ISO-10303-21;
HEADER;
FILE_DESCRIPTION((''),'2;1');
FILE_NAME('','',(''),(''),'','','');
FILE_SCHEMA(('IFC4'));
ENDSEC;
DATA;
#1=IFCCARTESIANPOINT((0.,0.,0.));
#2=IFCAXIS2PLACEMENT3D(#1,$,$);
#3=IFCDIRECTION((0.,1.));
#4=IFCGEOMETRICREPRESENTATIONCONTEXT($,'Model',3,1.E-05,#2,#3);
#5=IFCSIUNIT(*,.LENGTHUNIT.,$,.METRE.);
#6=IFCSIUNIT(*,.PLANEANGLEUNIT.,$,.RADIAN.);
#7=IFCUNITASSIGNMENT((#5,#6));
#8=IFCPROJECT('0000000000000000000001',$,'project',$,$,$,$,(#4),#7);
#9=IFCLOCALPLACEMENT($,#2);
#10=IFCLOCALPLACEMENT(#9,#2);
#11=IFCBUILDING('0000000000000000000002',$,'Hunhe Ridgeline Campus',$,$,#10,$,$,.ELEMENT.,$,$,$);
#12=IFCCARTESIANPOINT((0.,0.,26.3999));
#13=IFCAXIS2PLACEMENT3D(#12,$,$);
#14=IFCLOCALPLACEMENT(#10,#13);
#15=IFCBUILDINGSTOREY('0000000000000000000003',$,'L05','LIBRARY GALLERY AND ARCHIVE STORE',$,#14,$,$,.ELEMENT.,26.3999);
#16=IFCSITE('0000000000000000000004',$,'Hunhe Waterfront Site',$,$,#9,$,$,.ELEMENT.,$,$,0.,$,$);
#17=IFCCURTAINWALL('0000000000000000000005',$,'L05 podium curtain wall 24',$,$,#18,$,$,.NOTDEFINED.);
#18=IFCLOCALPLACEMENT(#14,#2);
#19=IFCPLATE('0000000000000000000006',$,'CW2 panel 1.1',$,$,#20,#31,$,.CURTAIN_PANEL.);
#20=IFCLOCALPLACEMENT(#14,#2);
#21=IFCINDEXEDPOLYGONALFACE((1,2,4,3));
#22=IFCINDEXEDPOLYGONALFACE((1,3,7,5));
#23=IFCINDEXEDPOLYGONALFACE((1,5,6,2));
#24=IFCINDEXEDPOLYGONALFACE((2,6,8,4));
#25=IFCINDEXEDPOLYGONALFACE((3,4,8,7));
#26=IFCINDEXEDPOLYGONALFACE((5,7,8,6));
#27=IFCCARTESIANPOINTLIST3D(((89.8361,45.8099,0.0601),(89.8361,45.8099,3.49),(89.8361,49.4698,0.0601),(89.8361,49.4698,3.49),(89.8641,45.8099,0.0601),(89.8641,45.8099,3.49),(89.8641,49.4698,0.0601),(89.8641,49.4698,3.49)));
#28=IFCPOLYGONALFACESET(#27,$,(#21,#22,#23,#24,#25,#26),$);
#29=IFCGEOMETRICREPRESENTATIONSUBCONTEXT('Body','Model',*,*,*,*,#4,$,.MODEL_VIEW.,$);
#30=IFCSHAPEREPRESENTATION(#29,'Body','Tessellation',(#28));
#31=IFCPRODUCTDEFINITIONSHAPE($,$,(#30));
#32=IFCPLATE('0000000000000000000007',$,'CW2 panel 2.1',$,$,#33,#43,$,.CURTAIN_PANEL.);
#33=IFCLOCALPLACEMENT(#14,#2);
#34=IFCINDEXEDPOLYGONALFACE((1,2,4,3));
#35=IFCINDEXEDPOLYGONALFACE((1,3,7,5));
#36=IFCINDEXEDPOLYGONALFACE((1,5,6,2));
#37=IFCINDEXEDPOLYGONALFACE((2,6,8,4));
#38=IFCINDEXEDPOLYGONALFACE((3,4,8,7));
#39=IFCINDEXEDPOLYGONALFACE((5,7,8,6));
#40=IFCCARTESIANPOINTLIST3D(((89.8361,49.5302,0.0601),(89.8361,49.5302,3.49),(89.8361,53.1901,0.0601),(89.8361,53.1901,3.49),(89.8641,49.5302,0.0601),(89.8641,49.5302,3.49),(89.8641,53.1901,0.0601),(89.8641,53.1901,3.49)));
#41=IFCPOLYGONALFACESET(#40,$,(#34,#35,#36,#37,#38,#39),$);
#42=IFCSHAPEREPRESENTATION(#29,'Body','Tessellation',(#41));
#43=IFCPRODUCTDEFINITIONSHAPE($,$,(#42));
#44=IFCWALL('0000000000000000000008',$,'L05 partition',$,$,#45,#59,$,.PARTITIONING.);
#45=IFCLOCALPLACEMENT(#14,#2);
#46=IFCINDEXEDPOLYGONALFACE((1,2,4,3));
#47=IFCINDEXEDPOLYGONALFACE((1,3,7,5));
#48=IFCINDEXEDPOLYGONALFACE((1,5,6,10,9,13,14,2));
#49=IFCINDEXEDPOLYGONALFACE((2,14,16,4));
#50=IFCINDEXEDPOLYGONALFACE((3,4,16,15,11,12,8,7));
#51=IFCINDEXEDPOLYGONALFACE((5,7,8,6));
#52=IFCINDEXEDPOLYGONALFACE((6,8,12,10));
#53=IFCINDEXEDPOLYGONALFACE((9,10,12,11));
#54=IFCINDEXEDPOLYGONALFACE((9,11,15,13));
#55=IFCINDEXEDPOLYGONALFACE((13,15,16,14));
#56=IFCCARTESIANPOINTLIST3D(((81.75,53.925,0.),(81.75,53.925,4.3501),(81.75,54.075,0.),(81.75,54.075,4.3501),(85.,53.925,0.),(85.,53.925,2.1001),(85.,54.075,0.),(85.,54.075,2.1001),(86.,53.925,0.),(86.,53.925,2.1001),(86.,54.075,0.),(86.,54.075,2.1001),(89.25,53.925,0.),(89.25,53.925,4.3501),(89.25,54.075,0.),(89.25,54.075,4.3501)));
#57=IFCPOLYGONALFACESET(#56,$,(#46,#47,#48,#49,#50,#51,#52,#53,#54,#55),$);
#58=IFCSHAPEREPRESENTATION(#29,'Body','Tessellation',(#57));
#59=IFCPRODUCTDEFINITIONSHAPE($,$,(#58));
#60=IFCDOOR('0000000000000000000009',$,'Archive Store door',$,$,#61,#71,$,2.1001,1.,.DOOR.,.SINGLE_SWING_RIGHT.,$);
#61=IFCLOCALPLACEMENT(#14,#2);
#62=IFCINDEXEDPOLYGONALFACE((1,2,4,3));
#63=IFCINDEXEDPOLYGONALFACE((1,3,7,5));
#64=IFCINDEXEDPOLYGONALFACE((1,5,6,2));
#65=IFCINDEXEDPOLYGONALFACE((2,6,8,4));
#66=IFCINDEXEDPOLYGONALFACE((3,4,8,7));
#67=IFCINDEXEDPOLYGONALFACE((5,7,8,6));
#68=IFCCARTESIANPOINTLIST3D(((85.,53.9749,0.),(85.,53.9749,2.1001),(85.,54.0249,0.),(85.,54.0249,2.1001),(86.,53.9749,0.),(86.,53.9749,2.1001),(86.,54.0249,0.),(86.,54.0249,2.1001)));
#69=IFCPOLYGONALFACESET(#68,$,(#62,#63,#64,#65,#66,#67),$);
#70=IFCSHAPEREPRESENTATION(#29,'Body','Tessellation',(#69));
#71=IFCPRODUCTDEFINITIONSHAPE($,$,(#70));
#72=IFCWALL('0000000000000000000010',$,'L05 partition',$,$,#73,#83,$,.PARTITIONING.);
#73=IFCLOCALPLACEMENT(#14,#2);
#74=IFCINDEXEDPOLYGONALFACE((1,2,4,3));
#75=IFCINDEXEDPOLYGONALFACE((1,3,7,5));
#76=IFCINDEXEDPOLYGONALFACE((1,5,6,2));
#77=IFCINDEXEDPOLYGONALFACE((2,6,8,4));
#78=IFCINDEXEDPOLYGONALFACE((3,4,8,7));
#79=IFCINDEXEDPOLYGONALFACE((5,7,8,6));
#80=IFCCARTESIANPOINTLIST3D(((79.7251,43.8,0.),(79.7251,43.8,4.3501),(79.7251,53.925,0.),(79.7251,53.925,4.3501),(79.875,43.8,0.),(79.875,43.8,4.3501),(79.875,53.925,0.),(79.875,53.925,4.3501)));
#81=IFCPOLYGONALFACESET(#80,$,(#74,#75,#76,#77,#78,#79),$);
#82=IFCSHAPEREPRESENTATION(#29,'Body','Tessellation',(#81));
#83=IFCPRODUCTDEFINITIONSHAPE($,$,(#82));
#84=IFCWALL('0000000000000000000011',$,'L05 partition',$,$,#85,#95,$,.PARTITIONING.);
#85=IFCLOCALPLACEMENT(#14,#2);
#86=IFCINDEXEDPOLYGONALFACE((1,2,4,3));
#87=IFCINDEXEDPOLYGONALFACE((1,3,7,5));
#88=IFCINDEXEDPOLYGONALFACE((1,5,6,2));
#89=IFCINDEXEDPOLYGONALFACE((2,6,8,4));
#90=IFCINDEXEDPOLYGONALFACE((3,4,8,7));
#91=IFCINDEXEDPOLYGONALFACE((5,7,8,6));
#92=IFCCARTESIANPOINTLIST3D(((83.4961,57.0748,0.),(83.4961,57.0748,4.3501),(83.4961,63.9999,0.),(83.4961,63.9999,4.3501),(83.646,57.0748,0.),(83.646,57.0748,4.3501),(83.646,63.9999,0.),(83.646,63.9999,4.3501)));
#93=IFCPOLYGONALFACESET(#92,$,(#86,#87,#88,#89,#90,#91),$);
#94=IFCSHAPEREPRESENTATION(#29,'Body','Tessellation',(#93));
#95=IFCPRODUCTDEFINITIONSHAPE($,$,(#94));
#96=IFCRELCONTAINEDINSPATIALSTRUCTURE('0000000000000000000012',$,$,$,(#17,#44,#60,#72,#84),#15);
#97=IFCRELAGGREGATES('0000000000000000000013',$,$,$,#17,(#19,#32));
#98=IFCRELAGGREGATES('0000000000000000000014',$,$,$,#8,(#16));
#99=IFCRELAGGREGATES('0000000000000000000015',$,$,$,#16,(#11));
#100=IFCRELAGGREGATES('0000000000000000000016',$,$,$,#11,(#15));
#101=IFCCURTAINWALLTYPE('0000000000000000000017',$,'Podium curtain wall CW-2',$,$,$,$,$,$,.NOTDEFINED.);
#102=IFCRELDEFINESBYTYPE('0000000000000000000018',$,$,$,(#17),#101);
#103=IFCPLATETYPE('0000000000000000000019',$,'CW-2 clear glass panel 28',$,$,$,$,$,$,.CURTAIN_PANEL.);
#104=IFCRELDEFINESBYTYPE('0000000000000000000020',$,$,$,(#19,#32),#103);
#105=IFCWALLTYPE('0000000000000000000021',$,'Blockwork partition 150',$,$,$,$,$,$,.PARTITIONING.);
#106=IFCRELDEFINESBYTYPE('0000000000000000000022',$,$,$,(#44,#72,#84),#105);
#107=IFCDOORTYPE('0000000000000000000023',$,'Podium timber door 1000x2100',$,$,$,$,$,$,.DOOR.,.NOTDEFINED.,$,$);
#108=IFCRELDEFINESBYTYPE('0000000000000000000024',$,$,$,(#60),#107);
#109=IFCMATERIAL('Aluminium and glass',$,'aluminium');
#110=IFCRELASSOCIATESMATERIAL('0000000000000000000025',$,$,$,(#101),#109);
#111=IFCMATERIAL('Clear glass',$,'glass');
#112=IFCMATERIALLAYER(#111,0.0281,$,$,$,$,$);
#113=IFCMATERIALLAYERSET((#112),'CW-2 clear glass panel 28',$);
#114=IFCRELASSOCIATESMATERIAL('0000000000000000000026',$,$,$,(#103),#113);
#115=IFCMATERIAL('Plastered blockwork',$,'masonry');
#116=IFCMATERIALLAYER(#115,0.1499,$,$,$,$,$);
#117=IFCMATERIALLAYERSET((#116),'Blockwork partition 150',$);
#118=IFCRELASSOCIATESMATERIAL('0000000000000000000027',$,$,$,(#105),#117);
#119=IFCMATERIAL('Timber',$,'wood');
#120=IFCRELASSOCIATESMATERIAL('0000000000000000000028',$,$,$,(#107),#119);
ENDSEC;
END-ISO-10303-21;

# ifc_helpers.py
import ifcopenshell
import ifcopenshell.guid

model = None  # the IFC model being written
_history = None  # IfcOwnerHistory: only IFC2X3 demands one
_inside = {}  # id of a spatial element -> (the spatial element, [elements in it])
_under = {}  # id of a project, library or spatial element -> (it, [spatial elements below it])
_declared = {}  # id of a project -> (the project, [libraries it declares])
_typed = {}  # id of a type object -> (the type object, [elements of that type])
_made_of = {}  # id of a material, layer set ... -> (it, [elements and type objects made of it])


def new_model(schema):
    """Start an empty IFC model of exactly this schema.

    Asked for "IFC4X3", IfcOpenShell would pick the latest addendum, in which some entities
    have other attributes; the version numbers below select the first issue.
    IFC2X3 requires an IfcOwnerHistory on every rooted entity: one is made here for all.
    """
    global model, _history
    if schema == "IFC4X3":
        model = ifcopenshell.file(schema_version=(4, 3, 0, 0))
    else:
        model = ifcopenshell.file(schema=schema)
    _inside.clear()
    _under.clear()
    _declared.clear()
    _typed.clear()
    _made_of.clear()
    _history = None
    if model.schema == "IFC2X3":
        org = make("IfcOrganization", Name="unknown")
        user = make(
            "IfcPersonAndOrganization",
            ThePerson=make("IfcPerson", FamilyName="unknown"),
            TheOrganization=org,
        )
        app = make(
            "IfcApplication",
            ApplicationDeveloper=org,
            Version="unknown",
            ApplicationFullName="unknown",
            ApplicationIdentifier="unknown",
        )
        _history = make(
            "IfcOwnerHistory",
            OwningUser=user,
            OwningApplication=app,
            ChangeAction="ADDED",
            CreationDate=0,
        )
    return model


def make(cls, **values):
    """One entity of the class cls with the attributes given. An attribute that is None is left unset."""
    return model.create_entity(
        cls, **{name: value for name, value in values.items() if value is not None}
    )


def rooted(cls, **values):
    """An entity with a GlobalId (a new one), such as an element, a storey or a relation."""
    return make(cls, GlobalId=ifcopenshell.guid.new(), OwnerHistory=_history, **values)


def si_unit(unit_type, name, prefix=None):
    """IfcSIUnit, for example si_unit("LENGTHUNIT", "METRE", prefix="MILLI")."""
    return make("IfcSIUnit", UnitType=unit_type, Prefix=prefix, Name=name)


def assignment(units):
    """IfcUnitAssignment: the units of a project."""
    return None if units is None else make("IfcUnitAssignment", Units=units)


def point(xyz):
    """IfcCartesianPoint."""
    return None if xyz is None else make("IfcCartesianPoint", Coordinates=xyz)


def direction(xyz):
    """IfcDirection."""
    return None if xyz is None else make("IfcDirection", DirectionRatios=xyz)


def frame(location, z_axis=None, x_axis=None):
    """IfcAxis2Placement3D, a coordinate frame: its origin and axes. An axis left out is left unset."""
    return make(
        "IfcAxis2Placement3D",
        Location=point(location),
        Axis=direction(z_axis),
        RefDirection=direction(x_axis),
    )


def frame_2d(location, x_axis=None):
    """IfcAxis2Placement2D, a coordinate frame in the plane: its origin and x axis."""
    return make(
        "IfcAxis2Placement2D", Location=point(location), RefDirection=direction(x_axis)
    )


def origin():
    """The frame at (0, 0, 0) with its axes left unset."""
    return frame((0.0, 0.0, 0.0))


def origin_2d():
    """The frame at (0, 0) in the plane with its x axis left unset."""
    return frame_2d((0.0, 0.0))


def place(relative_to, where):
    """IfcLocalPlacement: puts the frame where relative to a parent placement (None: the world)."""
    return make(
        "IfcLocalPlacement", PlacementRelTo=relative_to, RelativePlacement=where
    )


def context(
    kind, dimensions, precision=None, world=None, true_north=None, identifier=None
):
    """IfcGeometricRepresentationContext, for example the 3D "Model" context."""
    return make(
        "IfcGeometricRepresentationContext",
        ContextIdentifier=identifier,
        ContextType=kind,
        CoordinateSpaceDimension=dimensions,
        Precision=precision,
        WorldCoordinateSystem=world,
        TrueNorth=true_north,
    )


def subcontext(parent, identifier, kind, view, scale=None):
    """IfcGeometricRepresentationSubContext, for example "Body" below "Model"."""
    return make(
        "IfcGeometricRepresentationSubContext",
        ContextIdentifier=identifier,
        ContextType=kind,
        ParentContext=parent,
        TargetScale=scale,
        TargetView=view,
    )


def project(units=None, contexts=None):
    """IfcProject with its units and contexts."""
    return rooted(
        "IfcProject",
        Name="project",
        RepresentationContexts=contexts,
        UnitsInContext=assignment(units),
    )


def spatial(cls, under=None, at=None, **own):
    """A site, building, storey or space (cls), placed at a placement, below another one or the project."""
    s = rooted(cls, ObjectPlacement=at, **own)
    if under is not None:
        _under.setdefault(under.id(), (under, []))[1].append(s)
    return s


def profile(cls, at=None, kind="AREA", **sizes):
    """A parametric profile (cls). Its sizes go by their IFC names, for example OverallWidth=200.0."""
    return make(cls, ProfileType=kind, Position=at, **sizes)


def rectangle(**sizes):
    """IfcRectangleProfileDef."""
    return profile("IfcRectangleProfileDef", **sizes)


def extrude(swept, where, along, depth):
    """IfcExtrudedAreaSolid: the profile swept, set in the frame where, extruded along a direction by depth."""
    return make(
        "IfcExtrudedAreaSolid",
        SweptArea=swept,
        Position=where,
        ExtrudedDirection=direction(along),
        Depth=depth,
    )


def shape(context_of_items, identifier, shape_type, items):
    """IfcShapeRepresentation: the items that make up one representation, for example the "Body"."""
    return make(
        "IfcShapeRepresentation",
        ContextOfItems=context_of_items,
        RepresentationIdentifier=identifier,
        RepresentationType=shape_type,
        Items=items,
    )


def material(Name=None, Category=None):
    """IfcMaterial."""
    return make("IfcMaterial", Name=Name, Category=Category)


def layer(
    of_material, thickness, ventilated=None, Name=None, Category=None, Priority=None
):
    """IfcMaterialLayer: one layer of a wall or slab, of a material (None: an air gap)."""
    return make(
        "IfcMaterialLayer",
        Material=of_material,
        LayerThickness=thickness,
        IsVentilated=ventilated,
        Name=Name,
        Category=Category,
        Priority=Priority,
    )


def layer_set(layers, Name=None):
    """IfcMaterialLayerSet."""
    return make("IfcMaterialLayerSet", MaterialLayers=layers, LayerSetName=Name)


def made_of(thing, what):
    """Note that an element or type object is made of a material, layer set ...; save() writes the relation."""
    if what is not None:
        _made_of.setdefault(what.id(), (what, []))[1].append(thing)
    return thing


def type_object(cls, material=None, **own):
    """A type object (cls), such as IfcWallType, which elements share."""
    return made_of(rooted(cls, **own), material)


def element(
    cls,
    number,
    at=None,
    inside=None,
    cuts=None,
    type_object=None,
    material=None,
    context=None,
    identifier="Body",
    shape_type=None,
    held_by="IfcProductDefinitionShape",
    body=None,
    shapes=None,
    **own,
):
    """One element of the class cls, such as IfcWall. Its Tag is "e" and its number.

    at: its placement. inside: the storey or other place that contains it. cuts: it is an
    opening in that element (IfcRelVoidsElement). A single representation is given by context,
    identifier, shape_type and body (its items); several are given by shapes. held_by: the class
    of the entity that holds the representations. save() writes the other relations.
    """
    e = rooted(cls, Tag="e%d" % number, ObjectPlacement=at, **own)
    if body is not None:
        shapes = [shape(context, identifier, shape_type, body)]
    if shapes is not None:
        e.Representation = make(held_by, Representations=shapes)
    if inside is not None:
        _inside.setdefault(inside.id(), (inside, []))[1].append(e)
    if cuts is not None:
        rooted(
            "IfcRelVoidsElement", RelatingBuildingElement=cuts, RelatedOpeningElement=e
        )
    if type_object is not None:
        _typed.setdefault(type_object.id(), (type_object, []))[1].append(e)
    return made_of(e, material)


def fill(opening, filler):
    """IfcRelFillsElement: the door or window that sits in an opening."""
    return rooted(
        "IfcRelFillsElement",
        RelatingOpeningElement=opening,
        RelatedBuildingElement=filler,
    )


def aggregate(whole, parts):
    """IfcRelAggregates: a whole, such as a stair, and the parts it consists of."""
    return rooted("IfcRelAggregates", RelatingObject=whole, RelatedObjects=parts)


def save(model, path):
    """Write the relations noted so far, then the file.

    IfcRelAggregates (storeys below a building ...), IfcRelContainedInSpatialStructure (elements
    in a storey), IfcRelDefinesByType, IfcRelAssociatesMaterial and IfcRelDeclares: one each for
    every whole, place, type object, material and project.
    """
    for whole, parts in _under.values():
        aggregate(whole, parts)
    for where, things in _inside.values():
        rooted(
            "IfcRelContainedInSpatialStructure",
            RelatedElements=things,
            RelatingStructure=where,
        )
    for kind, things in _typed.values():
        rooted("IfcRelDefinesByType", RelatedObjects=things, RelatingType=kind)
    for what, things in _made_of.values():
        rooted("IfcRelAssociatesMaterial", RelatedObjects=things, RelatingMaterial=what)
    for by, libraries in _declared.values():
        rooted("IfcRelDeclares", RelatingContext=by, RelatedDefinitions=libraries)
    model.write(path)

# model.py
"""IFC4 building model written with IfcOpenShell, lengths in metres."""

from ifc_helpers import new_model, si_unit, direction, frame, frame_2d, origin, origin_2d, place, context, subcontext, project, spatial, rectangle, extrude, material, layer, layer_set, type_object, element, fill, aggregate, save


model = new_model("IFC4")

# Units and contexts
model_context = context("Model", 3, precision=1e-05, world=origin(), true_north=direction((0.0, 1.0)))
body_context = subcontext(model_context, "Body", "Model", "MODEL_VIEW")
ifc_project = project(units=[si_unit("LENGTHUNIT", "METRE"), si_unit("PLANEANGLEUNIT", "RADIAN")], contexts=[model_context])

# Site, building, storey
site_placement = place(None, origin())
site = spatial("IfcSite", under=ifc_project, at=site_placement, Name="Hunhe Waterfront Site", CompositionType="ELEMENT", RefElevation=0.0)
building_placement = place(site_placement, origin())
building = spatial("IfcBuilding", under=site, at=building_placement, Name="Hunhe Ridgeline Campus", CompositionType="ELEMENT")
storey_placement = place(building_placement, frame((0.0, 0.0, 26.3999)))
storey = spatial("IfcBuildingStorey", under=building, at=storey_placement, Name="L05", Description="LIBRARY GALLERY AND ARCHIVE STORE", CompositionType="ELEMENT", Elevation=26.3999)

# Shared definitions
ifc_material_1 = material(Name="Aluminium and glass", Category="aluminium")
curtain_wall_type = type_object("IfcCurtainWallType", Name="Podium curtain wall CW-2", PredefinedType="NOTDEFINED", material=ifc_material_1)

# Curtain wall
curtain_wall_1_placement = place(storey_placement, origin())
curtain_wall_1 = element("IfcCurtainWall", 1, at=curtain_wall_1_placement, inside=storey, type_object=curtain_wall_type, Name="L05 podium curtain wall 24", PredefinedType="NOTDEFINED")

# Plates
ifc_material_2 = material(Name="Clear glass", Category="glass")
ifc_layer_1 = layer(ifc_material_2, 0.0281)
ifc_layer_set_1 = layer_set([ifc_layer_1], Name="CW-2 clear glass panel 28")
plate_type = type_object("IfcPlateType", Name="CW-2 clear glass panel 28", PredefinedType="CURTAIN_PANEL", material=ifc_layer_set_1)
plate_1_placement = place(storey_placement, frame((89.8501, 47.6399, 0.0601), z_axis=(0.0, 0.0, 1.0), x_axis=(0.0, 1.0, 0.0)))
plate_1 = element("IfcPlate", 2, at=plate_1_placement, type_object=plate_type, Name="CW2 panel 1.1", PredefinedType="CURTAIN_PANEL", context=body_context, shape_type="SweptSolid", body=[
    extrude(rectangle(XDim=3.6599, YDim=0.0281, at=origin_2d()), origin(), (0.0, 0.0, 1.0), 3.4299),
])
plate_2_placement = place(storey_placement, frame((89.8501, 51.3601, 0.0601), z_axis=(0.0, 0.0, 1.0), x_axis=(0.0, 1.0, 0.0)))
plate_2 = element("IfcPlate", 3, at=plate_2_placement, type_object=plate_type, Name="CW2 panel 2.1", PredefinedType="CURTAIN_PANEL", context=body_context, shape_type="SweptSolid", body=[
    extrude(rectangle(XDim=3.6599, YDim=0.0281, at=origin_2d()), origin(), (0.0, 0.0, 1.0), 3.4299),
])
aggregate(curtain_wall_1, [plate_1, plate_2])

# Wall, opening, door
ifc_material_3 = material(Name="Plastered blockwork", Category="masonry")
ifc_layer_2 = layer(ifc_material_3, 0.1499)
ifc_layer_set_2 = layer_set([ifc_layer_2], Name="Blockwork partition 150")
wall_type = type_object("IfcWallType", Name="Blockwork partition 150", PredefinedType="PARTITIONING", material=ifc_layer_set_2)
wall_1_placement = place(storey_placement, frame((81.75, 54.0, 0.0), z_axis=(0.0, 0.0, 1.0), x_axis=(1.0, 0.0, 0.0)))
wall_1 = element("IfcWall", 4, at=wall_1_placement, inside=storey, type_object=wall_type, Name="L05 partition", PredefinedType="PARTITIONING", context=body_context, shape_type="SweptSolid", body=[
    extrude(rectangle(XDim=7.5, YDim=0.1499, at=frame_2d((3.75, 0.0))), origin(), (0.0, 0.0, 1.0), 4.3501),
])
opening_placement = place(wall_1_placement, frame((3.25, 0.0, 0.0)))
opening = element("IfcOpeningElement", 5, at=opening_placement, cuts=wall_1, PredefinedType="OPENING", context=body_context, shape_type="SweptSolid", body=[
    extrude(rectangle(XDim=1.0, YDim=2.1001, at=frame_2d((0.5, 1.05))), frame((0.0, 0.075, 0.0), z_axis=(0.0, -1.0, 0.0), x_axis=(1.0, 0.0, 0.0)), (0.0, 0.0, 1.0), 0.1499),
])
ifc_material_4 = material(Name="Timber", Category="wood")
door_type = type_object("IfcDoorType", Name="Podium timber door 1000x2100", OperationType="NOTDEFINED", PredefinedType="DOOR", material=ifc_material_4)
door_placement = place(opening_placement, origin())
door = element("IfcDoor", 6, at=door_placement, inside=storey, type_object=door_type, Name="Archive Store door", OperationType="SINGLE_SWING_RIGHT", OverallHeight=2.1001, OverallWidth=1.0, PredefinedType="DOOR", context=body_context, shape_type="SweptSolid", body=[
    extrude(rectangle(XDim=1.0, YDim=2.1001, at=frame_2d((0.5, 1.05))), frame((0.0, 0.0249, 0.0), z_axis=(0.0, -1.0, 0.0), x_axis=(1.0, 0.0, 0.0)), (0.0, 0.0, 1.0), 0.05),
])
fill(opening, door)

# Walls
wall_2_placement = place(storey_placement, frame((79.8, 43.8, 0.0), z_axis=(0.0, 0.0, 1.0), x_axis=(0.0, 1.0, 0.0)))
element("IfcWall", 7, at=wall_2_placement, inside=storey, type_object=wall_type, Name="L05 partition", PredefinedType="PARTITIONING", context=body_context, shape_type="SweptSolid", body=[
    extrude(rectangle(XDim=10.125, YDim=0.1499, at=frame_2d((5.0625, 0.0))), origin(), (0.0, 0.0, 1.0), 4.3501),
])
wall_3_placement = place(storey_placement, frame((83.571, 57.075, 0.0), z_axis=(0.0, 0.0, 1.0), x_axis=(0.0, 1.0, 0.0)))
element("IfcWall", 8, at=wall_3_placement, inside=storey, type_object=wall_type, Name="L05 partition", PredefinedType="PARTITIONING", context=body_context, shape_type="SweptSolid", body=[
    extrude(rectangle(XDim=6.925, YDim=0.1499, at=frame_2d((3.4624, 0.0))), origin(), (0.0, 0.0, 1.0), 4.3501),
])

save(model, "model.ifc")
